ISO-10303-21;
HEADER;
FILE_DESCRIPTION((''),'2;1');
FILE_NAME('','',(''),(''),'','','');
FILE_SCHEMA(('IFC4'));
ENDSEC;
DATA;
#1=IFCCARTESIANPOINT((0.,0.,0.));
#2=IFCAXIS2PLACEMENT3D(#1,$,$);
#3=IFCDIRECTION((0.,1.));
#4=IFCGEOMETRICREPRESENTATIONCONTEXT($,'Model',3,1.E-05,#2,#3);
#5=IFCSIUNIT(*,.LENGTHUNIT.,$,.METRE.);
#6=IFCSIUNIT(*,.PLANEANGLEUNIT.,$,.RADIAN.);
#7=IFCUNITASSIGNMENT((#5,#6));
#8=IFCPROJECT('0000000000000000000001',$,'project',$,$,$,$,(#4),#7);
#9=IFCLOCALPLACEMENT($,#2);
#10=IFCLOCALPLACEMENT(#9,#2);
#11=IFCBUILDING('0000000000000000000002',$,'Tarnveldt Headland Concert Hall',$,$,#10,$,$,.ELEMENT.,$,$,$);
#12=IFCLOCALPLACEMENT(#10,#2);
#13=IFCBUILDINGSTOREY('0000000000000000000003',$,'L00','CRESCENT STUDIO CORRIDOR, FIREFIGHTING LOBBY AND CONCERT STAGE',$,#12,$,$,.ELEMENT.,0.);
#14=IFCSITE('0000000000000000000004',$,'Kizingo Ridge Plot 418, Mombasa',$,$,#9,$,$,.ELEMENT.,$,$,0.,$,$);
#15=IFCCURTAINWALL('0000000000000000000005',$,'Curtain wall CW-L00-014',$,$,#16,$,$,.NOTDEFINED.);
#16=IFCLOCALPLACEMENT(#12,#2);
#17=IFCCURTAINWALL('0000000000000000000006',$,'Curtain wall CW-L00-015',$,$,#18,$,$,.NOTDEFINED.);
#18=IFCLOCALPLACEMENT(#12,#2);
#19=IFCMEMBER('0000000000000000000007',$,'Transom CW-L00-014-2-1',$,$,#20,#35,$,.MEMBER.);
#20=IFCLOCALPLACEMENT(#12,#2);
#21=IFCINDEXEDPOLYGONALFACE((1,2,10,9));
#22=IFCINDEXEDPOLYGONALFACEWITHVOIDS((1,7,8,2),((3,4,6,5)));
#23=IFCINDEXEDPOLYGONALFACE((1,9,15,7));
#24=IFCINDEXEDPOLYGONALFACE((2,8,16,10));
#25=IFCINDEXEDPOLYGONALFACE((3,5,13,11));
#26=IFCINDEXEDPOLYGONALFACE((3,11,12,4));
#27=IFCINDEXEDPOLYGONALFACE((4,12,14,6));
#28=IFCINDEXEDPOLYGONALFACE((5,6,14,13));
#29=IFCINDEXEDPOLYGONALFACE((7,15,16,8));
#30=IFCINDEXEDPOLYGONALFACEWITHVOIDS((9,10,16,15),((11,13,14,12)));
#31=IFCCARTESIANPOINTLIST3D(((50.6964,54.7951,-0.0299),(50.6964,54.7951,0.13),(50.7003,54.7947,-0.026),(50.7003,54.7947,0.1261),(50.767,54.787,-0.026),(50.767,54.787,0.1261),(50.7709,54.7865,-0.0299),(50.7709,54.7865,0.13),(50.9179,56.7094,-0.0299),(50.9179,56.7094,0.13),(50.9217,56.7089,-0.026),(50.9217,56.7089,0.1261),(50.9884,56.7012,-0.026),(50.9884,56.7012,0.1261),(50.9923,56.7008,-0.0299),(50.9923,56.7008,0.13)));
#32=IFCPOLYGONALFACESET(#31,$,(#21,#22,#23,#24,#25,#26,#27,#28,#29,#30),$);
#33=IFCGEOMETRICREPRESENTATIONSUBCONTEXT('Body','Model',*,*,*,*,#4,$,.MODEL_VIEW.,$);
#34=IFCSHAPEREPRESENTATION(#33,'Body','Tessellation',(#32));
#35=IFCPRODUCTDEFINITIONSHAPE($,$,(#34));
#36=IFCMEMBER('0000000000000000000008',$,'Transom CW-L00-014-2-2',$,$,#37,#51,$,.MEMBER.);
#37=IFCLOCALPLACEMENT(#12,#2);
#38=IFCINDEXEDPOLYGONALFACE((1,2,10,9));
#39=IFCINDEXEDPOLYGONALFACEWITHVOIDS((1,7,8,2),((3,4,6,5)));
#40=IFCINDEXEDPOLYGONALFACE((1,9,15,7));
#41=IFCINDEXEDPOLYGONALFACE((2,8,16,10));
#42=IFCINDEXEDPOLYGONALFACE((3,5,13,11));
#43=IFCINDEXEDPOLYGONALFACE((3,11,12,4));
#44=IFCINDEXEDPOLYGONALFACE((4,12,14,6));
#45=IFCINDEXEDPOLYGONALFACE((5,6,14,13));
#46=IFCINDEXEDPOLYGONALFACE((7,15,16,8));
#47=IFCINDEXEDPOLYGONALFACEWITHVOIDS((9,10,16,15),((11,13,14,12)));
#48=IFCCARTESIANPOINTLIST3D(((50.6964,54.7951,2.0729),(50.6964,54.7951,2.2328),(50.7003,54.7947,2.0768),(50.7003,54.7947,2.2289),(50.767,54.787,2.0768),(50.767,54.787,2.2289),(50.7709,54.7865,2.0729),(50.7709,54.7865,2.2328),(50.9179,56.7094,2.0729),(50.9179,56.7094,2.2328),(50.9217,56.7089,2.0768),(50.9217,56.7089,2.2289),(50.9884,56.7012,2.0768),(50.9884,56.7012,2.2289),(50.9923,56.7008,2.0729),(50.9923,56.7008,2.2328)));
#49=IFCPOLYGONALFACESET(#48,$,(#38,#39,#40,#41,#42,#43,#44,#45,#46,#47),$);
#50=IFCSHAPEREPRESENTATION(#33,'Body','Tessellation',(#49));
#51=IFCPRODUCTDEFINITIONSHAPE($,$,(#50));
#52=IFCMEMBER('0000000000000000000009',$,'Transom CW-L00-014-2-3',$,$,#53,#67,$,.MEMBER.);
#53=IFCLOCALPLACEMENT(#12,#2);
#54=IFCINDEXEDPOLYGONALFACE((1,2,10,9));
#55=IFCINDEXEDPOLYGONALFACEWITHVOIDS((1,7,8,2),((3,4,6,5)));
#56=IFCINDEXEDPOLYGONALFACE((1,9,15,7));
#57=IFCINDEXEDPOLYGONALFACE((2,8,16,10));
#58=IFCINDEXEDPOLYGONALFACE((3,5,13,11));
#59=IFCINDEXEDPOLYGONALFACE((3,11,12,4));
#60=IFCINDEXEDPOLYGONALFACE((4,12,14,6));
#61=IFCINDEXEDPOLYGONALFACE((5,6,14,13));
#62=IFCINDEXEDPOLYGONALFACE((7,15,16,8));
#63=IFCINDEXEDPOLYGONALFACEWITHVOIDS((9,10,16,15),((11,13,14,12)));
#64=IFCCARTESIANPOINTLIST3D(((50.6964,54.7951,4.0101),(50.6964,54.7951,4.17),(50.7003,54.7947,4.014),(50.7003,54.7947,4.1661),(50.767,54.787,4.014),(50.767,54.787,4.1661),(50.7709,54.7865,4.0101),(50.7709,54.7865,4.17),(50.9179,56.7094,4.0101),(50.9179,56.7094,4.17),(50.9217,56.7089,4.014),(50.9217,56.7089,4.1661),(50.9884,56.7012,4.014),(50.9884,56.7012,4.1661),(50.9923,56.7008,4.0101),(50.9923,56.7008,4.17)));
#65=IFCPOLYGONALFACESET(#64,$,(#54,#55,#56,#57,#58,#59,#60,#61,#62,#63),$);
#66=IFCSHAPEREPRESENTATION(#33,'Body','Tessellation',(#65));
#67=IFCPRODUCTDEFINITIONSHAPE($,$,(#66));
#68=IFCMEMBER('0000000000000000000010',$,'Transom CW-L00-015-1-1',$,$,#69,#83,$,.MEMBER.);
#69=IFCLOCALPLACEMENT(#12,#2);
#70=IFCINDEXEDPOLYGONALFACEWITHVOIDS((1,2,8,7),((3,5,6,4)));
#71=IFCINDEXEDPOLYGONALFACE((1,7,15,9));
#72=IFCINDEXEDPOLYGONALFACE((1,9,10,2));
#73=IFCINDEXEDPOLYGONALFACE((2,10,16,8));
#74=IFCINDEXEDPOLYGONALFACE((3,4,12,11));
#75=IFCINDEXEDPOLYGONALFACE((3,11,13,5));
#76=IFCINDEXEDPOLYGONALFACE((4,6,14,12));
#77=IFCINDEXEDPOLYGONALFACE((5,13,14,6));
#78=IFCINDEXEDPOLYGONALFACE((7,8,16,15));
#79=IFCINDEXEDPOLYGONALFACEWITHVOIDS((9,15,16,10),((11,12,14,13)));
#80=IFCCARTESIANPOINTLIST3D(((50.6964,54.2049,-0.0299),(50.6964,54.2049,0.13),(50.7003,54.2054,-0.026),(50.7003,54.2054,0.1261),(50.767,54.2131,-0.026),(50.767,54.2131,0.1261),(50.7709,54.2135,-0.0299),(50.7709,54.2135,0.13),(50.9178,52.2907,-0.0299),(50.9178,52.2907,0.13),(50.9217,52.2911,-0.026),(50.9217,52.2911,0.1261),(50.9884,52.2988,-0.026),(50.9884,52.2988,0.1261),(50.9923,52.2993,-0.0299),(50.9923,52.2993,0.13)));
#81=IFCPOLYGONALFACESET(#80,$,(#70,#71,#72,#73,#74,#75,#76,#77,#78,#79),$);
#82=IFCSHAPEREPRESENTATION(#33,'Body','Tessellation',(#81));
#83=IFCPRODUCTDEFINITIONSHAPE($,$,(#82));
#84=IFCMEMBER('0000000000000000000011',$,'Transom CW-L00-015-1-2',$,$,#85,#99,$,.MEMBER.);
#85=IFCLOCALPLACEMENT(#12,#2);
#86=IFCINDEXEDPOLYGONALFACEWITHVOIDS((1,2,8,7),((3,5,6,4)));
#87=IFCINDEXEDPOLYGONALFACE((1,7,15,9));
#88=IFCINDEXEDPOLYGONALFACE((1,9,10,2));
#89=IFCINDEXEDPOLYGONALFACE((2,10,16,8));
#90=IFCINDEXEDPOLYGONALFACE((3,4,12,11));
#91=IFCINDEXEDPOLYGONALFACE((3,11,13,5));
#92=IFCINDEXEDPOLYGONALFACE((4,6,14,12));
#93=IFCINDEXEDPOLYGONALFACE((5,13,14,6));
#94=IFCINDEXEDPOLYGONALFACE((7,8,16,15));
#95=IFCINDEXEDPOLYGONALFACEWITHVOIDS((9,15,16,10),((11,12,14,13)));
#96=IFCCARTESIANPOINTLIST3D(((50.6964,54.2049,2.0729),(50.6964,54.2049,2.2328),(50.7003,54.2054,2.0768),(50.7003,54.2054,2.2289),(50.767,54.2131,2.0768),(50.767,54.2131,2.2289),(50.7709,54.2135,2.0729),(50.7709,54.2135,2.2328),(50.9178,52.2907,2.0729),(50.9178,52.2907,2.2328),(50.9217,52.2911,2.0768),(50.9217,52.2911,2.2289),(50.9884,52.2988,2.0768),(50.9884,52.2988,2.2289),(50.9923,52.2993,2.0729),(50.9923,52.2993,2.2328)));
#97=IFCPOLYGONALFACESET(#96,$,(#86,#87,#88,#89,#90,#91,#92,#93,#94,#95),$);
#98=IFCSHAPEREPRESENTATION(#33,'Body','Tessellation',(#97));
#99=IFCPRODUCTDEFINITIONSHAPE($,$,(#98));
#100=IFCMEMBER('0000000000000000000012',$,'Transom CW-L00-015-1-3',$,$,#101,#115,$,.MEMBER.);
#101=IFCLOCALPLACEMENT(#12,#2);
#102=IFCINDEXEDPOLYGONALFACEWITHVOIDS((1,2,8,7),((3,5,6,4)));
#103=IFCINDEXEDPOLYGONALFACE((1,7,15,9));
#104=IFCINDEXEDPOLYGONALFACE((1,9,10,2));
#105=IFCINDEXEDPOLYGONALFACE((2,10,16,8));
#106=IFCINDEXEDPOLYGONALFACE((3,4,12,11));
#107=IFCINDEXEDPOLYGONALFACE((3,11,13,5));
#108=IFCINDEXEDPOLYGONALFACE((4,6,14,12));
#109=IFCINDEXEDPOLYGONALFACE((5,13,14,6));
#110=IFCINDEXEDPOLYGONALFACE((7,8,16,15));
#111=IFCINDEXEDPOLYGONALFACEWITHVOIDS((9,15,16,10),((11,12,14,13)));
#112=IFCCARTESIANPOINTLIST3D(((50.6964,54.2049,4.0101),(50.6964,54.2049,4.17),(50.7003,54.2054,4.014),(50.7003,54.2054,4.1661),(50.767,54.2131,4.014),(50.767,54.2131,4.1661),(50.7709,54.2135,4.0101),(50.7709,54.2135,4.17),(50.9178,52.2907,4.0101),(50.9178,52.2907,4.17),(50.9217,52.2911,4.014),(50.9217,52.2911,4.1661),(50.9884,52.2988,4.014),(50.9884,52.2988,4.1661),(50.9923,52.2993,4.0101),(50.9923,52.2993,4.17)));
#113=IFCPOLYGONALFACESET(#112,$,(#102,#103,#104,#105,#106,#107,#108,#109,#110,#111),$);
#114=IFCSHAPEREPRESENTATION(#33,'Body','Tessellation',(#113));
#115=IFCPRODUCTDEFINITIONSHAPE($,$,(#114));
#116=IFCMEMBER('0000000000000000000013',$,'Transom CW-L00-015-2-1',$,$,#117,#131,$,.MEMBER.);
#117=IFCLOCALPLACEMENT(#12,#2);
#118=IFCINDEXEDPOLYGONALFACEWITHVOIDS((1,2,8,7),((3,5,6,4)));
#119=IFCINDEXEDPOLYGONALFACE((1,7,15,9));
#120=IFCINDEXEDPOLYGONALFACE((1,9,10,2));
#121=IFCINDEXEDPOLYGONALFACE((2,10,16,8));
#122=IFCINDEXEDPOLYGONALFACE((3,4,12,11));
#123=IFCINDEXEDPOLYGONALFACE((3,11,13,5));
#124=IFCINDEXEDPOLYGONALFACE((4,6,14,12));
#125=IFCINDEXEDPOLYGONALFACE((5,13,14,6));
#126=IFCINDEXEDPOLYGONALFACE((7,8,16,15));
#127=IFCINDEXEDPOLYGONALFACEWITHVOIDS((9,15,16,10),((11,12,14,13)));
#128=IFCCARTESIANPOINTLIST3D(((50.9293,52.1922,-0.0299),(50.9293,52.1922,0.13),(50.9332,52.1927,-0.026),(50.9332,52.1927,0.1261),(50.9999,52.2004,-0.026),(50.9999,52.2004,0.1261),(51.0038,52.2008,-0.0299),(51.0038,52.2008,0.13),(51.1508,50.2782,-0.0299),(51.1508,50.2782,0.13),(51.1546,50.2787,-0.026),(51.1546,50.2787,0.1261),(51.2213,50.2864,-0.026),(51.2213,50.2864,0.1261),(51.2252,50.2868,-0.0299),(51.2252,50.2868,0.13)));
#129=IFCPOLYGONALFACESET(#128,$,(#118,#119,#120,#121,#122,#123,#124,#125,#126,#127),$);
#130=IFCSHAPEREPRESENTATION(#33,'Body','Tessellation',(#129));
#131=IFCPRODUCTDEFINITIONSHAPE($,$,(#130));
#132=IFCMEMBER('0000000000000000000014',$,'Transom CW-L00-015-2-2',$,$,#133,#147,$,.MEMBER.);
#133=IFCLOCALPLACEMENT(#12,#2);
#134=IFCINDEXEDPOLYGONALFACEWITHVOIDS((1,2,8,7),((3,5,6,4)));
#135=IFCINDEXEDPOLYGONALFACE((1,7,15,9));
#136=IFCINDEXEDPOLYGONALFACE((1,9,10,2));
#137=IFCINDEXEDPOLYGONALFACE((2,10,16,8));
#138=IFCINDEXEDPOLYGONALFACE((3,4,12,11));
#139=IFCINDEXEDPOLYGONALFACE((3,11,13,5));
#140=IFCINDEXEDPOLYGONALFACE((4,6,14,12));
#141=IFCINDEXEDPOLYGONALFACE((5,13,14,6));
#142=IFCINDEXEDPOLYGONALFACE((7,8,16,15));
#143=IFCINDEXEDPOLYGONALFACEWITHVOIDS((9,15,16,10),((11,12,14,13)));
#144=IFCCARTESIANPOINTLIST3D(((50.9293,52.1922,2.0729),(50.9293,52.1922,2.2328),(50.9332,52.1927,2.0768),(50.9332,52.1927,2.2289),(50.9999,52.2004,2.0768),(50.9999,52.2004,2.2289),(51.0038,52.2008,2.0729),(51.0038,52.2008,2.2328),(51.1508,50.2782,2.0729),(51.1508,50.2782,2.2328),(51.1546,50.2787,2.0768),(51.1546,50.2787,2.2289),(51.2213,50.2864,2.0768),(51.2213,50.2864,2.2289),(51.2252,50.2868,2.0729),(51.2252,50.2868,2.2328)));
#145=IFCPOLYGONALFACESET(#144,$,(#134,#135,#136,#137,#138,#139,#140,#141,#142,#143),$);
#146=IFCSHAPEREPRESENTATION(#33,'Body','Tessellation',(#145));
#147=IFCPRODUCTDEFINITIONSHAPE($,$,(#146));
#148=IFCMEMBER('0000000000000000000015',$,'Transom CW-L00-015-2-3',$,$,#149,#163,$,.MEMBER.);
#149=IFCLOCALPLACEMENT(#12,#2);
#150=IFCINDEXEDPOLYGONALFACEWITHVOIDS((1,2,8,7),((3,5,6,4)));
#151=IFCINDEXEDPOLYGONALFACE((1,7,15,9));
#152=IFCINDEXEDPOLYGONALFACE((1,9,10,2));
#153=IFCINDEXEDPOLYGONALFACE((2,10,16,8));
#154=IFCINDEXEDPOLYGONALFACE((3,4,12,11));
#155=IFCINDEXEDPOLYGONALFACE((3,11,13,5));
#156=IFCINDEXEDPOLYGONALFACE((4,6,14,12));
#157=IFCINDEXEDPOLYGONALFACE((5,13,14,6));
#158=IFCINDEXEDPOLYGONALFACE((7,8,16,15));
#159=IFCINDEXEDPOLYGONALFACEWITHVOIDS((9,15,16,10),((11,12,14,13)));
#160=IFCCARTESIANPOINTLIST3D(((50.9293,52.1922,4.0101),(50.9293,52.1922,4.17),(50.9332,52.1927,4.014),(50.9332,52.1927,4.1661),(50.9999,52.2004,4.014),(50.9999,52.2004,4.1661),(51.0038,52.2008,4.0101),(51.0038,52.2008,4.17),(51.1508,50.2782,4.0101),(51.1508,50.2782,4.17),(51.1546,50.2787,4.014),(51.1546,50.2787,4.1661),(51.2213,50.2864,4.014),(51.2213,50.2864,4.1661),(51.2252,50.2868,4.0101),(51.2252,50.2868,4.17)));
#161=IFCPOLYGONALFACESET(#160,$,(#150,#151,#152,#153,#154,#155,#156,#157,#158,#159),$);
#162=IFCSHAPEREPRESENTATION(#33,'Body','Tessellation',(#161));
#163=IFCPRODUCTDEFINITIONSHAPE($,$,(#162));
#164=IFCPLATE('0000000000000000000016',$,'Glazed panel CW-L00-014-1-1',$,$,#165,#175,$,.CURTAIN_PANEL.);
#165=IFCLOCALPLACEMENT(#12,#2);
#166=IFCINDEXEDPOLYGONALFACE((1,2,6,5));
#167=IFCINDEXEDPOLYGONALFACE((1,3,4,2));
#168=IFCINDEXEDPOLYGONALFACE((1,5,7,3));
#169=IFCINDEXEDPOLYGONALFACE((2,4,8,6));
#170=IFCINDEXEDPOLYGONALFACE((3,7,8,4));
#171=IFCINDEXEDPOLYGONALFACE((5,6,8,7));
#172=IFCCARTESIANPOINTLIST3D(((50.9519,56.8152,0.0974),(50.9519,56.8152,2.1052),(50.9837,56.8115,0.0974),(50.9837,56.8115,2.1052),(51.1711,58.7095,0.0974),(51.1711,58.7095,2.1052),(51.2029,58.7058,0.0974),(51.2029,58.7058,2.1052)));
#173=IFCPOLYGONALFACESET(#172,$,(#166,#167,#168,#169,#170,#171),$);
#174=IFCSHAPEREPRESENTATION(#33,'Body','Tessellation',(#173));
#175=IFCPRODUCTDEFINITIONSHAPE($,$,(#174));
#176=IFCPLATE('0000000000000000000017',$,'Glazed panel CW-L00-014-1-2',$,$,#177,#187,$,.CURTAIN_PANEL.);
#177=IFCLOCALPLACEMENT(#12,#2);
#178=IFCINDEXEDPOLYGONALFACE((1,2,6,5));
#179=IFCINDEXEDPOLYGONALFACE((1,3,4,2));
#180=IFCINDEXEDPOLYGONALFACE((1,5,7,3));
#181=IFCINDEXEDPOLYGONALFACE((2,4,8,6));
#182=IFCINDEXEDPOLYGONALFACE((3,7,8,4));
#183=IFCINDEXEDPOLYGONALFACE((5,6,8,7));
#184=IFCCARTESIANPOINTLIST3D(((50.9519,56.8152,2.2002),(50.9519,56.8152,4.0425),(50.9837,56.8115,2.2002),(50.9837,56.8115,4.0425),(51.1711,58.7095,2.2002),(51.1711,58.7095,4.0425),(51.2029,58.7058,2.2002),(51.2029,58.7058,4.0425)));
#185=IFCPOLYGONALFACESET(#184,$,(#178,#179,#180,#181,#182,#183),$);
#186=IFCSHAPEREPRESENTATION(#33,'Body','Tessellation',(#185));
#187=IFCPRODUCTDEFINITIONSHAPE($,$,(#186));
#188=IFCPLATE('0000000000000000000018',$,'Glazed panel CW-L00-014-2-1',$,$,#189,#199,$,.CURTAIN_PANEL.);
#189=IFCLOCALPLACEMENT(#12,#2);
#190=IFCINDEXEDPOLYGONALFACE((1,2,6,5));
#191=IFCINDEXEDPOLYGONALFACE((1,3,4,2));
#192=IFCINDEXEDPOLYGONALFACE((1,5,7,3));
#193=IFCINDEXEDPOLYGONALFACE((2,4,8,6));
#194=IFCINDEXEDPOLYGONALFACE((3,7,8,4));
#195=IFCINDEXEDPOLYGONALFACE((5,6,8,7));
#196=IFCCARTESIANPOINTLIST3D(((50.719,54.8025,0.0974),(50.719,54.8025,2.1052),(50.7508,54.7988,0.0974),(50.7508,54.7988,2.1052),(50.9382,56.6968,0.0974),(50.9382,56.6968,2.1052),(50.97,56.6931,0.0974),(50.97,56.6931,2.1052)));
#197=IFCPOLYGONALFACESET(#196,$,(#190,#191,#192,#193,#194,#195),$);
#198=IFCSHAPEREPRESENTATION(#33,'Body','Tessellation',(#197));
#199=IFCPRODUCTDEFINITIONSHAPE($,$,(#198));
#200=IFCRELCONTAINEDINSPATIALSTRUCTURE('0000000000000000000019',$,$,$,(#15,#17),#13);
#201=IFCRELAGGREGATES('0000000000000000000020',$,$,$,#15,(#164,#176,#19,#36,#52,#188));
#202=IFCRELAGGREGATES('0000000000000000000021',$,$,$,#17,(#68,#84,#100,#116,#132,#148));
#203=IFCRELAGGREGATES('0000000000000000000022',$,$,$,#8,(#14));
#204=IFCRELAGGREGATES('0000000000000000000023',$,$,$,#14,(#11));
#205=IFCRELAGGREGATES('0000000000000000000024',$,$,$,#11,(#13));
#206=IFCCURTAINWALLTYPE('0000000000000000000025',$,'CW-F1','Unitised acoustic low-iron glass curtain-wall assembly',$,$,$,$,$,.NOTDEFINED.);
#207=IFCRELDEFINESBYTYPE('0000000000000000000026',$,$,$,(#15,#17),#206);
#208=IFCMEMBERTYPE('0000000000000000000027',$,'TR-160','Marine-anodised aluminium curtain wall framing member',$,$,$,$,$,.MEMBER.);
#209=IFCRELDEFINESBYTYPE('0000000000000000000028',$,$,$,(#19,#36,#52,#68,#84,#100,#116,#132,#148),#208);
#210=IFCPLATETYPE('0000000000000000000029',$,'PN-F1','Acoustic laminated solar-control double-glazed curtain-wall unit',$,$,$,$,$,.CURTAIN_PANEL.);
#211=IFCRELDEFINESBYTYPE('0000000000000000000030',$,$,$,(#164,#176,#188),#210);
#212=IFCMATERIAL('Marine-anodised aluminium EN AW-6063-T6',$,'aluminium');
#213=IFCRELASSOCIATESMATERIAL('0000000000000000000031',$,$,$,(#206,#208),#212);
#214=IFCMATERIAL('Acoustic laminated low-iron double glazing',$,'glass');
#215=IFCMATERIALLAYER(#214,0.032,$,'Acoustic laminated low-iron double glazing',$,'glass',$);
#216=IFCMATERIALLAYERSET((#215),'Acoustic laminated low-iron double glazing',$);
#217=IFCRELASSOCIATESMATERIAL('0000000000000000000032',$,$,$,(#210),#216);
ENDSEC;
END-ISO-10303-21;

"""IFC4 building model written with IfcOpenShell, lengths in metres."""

from ifc_helpers import new_model, si_unit, direction, frame, origin, origin_2d, place, context, subcontext, project, spatial, rectangle, hollow_rectangle, extrude, material, layer, layer_set, material_profile, profile_set, type_object, element, aggregate, save


model = new_model("IFC4")

# Units and contexts
model_context = context("Model", 3, precision=1e-05, world=origin(), true_north=direction((0.0, 1.0)))
body_context = subcontext(model_context, "Body", "Model", "MODEL_VIEW")
ifc_project = project(units=[si_unit("LENGTHUNIT", "METRE"), si_unit("PLANEANGLEUNIT", "RADIAN")], contexts=[model_context])

# Site, building, storey
site_placement = place(None, origin())
site = spatial("IfcSite", under=ifc_project, at=site_placement, Name="Kizingo Ridge Plot 418, Mombasa", CompositionType="ELEMENT", RefElevation=0.0)
building_placement = place(site_placement, origin())
building = spatial("IfcBuilding", under=site, at=building_placement, Name="Tarnveldt Headland Concert Hall", CompositionType="ELEMENT")
storey_placement = place(building_placement, origin())
storey = spatial("IfcBuildingStorey", under=building, at=storey_placement, Name="L00", Description="CRESCENT STUDIO CORRIDOR, FIREFIGHTING LOBBY AND CONCERT STAGE", CompositionType="ELEMENT", Elevation=0.0)

# Curtain walls
ifc_material_1 = material(Name="Marine-anodised aluminium EN AW-6063-T6", Category="aluminium")
curtain_wall_type = type_object("IfcCurtainWallType", Name="CW-F1", Description="Unitised acoustic low-iron glass curtain-wall assembly", PredefinedType="NOTDEFINED", material=ifc_material_1)
curtain_wall_1_placement = place(storey_placement, origin())
curtain_wall_1 = element("IfcCurtainWall", 1, at=curtain_wall_1_placement, inside=storey, type_object=curtain_wall_type, Name="Curtain wall CW-L00-014", PredefinedType="NOTDEFINED")
curtain_wall_2_placement = place(storey_placement, origin())
curtain_wall_2 = element("IfcCurtainWall", 2, at=curtain_wall_2_placement, inside=storey, type_object=curtain_wall_type, Name="Curtain wall CW-L00-015", PredefinedType="NOTDEFINED")

# Members
ifc_material_profile_1 = material_profile(ifc_material_1, hollow_rectangle(XDim=0.075, YDim=0.1599, WallThickness=0.0039, at=origin_2d()), Name="ALU TRANSOM 75x160x4", Category="aluminium")
ifc_profile_set_1 = profile_set([ifc_material_profile_1], Name="Marine-anodised aluminium EN AW-6063-T6")
member_type_1 = type_object("IfcMemberType", Name="TR-160", Description="Marine-anodised aluminium curtain wall framing member", PredefinedType="MEMBER", material=ifc_profile_set_1)
member_1_placement = place(storey_placement, frame((50.9551, 56.7051, 0.05), z_axis=(-0.114908, -0.993376, 0.0), x_axis=(0.993376, -0.114908, 0.0)))
member_1 = element("IfcMember", 3, at=member_1_placement, type_object=member_type_1, Name="Transom CW-L00-014-2-1", PredefinedType="MEMBER", context=body_context, shape_type="SweptSolid", body=[
    extrude(hollow_rectangle(XDim=0.075, YDim=0.1599, WallThickness=0.0039, at=origin_2d()), origin(), (0.0, 0.0, 1.0), 1.927),
])
member_2_placement = place(storey_placement, frame((50.9551, 56.7051, 2.1528), z_axis=(-0.114908, -0.993376, 0.0), x_axis=(0.993376, -0.114908, 0.0)))
member_2 = element("IfcMember", 4, at=member_2_placement, type_object=member_type_1, Name="Transom CW-L00-014-2-2", PredefinedType="MEMBER", context=body_context, shape_type="SweptSolid", body=[
    extrude(hollow_rectangle(XDim=0.075, YDim=0.1599, WallThickness=0.0039, at=origin_2d()), origin(), (0.0, 0.0, 1.0), 1.927),
])
member_3_placement = place(storey_placement, frame((50.9551, 56.7051, 4.0901), z_axis=(-0.114908, -0.993376, 0.0), x_axis=(0.993376, -0.114908, 0.0)))
member_3 = element("IfcMember", 5, at=member_3_placement, type_object=member_type_1, Name="Transom CW-L00-014-2-3", PredefinedType="MEMBER", context=body_context, shape_type="SweptSolid", body=[
    extrude(hollow_rectangle(XDim=0.075, YDim=0.1599, WallThickness=0.0039, at=origin_2d()), origin(), (0.0, 0.0, 1.0), 1.927),
])
member_4_placement = place(storey_placement, frame((50.7336, 54.2092, 0.05), z_axis=(0.114908, -0.993376, 0.0), x_axis=(0.993376, 0.114908, 0.0)))
member_4 = element("IfcMember", 6, at=member_4_placement, type_object=member_type_1, Name="Transom CW-L00-015-1-1", PredefinedType="MEMBER", context=body_context, shape_type="SweptSolid", body=[
    extrude(hollow_rectangle(XDim=0.075, YDim=0.1599, WallThickness=0.0039, at=origin_2d()), origin(), (0.0, 0.0, 1.0), 1.927),
])
member_5_placement = place(storey_placement, frame((50.7336, 54.2092, 2.1528), z_axis=(0.114908, -0.993376, 0.0), x_axis=(0.993376, 0.114908, 0.0)))
member_5 = element("IfcMember", 7, at=member_5_placement, type_object=member_type_1, Name="Transom CW-L00-015-1-2", PredefinedType="MEMBER", context=body_context, shape_type="SweptSolid", body=[
    extrude(hollow_rectangle(XDim=0.075, YDim=0.1599, WallThickness=0.0039, at=origin_2d()), origin(), (0.0, 0.0, 1.0), 1.927),
])
member_6_placement = place(storey_placement, frame((50.7336, 54.2092, 4.0901), z_axis=(0.114908, -0.993376, 0.0), x_axis=(0.993376, 0.114908, 0.0)))
member_6 = element("IfcMember", 8, at=member_6_placement, type_object=member_type_1, Name="Transom CW-L00-015-1-3", PredefinedType="MEMBER", context=body_context, shape_type="SweptSolid", body=[
    extrude(hollow_rectangle(XDim=0.075, YDim=0.1599, WallThickness=0.0039, at=origin_2d()), origin(), (0.0, 0.0, 1.0), 1.927),
])
member_7_placement = place(storey_placement, frame((50.9666, 52.1965, 0.05), z_axis=(0.114922, -0.993374, 0.0), x_axis=(0.993374, 0.114922, 0.0)))
member_7 = element("IfcMember", 9, at=member_7_placement, type_object=member_type_1, Name="Transom CW-L00-015-2-1", PredefinedType="MEMBER", context=body_context, shape_type="SweptSolid", body=[
    extrude(hollow_rectangle(XDim=0.075, YDim=0.1599, WallThickness=0.0039, at=origin_2d()), origin(), (0.0, 0.0, 1.0), 1.9268),
])
member_8_placement = place(storey_placement, frame((50.9666, 52.1965, 2.1528), z_axis=(0.114922, -0.993374, 0.0), x_axis=(0.993374, 0.114922, 0.0)))
member_8 = element("IfcMember", 10, at=member_8_placement, type_object=member_type_1, Name="Transom CW-L00-015-2-2", PredefinedType="MEMBER", context=body_context, shape_type="SweptSolid", body=[
    extrude(hollow_rectangle(XDim=0.075, YDim=0.1599, WallThickness=0.0039, at=origin_2d()), origin(), (0.0, 0.0, 1.0), 1.9268),
])
member_9_placement = place(storey_placement, frame((50.9666, 52.1965, 4.0901), z_axis=(0.114922, -0.993374, 0.0), x_axis=(0.993374, 0.114922, 0.0)))
member_9 = element("IfcMember", 11, at=member_9_placement, type_object=member_type_1, Name="Transom CW-L00-015-2-3", PredefinedType="MEMBER", context=body_context, shape_type="SweptSolid", body=[
    extrude(hollow_rectangle(XDim=0.075, YDim=0.1599, WallThickness=0.0039, at=origin_2d()), origin(), (0.0, 0.0, 1.0), 1.9268),
])

# Plates
ifc_material_2 = material(Name="Acoustic laminated low-iron double glazing", Category="glass")
ifc_layer_1 = layer(ifc_material_2, 0.032, Name="Acoustic laminated low-iron double glazing", Category="glass")
ifc_layer_set_1 = layer_set([ifc_layer_1], Name="Acoustic laminated low-iron double glazing")
plate_type = type_object("IfcPlateType", Name="PN-F1", Description="Acoustic laminated solar-control double-glazed curtain-wall unit", PredefinedType="CURTAIN_PANEL", material=ifc_layer_set_1)
plate_1_placement = place(storey_placement, frame((51.0774, 57.7605, 0.0974), z_axis=(0.0, 0.0, 1.0), x_axis=(-0.114937, -0.993373, 0.0)))
plate_1 = element("IfcPlate", 12, at=plate_1_placement, type_object=plate_type, Name="Glazed panel CW-L00-014-1-1", PredefinedType="CURTAIN_PANEL", context=body_context, shape_type="SweptSolid", body=[
    extrude(rectangle(XDim=1.907, YDim=0.032, at=origin_2d()), origin(), (0.0, 0.0, 1.0), 2.0078),
])
plate_2_placement = place(storey_placement, frame((51.0774, 57.7605, 2.2002), z_axis=(0.0, 0.0, 1.0), x_axis=(-0.114937, -0.993373, 0.0)))
plate_2 = element("IfcPlate", 13, at=plate_2_placement, type_object=plate_type, Name="Glazed panel CW-L00-014-1-2", PredefinedType="CURTAIN_PANEL", context=body_context, shape_type="SweptSolid", body=[
    extrude(rectangle(XDim=1.907, YDim=0.032, at=origin_2d()), origin(), (0.0, 0.0, 1.0), 1.8423),
])
plate_3_placement = place(storey_placement, frame((50.8445, 55.7478, 0.0974), z_axis=(0.0, 0.0, 1.0), x_axis=(-0.114937, -0.993373, 0.0)))
plate_3 = element("IfcPlate", 14, at=plate_3_placement, type_object=plate_type, Name="Glazed panel CW-L00-014-2-1", PredefinedType="CURTAIN_PANEL", context=body_context, shape_type="SweptSolid", body=[
    extrude(rectangle(XDim=1.907, YDim=0.032, at=origin_2d()), origin(), (0.0, 0.0, 1.0), 2.0078),
])
aggregate(curtain_wall_1, [plate_1, plate_2, member_1, member_2, member_3, plate_3])
aggregate(curtain_wall_2, [member_4, member_5, member_6, member_7, member_8, member_9])

save(model, "model.ifc")
